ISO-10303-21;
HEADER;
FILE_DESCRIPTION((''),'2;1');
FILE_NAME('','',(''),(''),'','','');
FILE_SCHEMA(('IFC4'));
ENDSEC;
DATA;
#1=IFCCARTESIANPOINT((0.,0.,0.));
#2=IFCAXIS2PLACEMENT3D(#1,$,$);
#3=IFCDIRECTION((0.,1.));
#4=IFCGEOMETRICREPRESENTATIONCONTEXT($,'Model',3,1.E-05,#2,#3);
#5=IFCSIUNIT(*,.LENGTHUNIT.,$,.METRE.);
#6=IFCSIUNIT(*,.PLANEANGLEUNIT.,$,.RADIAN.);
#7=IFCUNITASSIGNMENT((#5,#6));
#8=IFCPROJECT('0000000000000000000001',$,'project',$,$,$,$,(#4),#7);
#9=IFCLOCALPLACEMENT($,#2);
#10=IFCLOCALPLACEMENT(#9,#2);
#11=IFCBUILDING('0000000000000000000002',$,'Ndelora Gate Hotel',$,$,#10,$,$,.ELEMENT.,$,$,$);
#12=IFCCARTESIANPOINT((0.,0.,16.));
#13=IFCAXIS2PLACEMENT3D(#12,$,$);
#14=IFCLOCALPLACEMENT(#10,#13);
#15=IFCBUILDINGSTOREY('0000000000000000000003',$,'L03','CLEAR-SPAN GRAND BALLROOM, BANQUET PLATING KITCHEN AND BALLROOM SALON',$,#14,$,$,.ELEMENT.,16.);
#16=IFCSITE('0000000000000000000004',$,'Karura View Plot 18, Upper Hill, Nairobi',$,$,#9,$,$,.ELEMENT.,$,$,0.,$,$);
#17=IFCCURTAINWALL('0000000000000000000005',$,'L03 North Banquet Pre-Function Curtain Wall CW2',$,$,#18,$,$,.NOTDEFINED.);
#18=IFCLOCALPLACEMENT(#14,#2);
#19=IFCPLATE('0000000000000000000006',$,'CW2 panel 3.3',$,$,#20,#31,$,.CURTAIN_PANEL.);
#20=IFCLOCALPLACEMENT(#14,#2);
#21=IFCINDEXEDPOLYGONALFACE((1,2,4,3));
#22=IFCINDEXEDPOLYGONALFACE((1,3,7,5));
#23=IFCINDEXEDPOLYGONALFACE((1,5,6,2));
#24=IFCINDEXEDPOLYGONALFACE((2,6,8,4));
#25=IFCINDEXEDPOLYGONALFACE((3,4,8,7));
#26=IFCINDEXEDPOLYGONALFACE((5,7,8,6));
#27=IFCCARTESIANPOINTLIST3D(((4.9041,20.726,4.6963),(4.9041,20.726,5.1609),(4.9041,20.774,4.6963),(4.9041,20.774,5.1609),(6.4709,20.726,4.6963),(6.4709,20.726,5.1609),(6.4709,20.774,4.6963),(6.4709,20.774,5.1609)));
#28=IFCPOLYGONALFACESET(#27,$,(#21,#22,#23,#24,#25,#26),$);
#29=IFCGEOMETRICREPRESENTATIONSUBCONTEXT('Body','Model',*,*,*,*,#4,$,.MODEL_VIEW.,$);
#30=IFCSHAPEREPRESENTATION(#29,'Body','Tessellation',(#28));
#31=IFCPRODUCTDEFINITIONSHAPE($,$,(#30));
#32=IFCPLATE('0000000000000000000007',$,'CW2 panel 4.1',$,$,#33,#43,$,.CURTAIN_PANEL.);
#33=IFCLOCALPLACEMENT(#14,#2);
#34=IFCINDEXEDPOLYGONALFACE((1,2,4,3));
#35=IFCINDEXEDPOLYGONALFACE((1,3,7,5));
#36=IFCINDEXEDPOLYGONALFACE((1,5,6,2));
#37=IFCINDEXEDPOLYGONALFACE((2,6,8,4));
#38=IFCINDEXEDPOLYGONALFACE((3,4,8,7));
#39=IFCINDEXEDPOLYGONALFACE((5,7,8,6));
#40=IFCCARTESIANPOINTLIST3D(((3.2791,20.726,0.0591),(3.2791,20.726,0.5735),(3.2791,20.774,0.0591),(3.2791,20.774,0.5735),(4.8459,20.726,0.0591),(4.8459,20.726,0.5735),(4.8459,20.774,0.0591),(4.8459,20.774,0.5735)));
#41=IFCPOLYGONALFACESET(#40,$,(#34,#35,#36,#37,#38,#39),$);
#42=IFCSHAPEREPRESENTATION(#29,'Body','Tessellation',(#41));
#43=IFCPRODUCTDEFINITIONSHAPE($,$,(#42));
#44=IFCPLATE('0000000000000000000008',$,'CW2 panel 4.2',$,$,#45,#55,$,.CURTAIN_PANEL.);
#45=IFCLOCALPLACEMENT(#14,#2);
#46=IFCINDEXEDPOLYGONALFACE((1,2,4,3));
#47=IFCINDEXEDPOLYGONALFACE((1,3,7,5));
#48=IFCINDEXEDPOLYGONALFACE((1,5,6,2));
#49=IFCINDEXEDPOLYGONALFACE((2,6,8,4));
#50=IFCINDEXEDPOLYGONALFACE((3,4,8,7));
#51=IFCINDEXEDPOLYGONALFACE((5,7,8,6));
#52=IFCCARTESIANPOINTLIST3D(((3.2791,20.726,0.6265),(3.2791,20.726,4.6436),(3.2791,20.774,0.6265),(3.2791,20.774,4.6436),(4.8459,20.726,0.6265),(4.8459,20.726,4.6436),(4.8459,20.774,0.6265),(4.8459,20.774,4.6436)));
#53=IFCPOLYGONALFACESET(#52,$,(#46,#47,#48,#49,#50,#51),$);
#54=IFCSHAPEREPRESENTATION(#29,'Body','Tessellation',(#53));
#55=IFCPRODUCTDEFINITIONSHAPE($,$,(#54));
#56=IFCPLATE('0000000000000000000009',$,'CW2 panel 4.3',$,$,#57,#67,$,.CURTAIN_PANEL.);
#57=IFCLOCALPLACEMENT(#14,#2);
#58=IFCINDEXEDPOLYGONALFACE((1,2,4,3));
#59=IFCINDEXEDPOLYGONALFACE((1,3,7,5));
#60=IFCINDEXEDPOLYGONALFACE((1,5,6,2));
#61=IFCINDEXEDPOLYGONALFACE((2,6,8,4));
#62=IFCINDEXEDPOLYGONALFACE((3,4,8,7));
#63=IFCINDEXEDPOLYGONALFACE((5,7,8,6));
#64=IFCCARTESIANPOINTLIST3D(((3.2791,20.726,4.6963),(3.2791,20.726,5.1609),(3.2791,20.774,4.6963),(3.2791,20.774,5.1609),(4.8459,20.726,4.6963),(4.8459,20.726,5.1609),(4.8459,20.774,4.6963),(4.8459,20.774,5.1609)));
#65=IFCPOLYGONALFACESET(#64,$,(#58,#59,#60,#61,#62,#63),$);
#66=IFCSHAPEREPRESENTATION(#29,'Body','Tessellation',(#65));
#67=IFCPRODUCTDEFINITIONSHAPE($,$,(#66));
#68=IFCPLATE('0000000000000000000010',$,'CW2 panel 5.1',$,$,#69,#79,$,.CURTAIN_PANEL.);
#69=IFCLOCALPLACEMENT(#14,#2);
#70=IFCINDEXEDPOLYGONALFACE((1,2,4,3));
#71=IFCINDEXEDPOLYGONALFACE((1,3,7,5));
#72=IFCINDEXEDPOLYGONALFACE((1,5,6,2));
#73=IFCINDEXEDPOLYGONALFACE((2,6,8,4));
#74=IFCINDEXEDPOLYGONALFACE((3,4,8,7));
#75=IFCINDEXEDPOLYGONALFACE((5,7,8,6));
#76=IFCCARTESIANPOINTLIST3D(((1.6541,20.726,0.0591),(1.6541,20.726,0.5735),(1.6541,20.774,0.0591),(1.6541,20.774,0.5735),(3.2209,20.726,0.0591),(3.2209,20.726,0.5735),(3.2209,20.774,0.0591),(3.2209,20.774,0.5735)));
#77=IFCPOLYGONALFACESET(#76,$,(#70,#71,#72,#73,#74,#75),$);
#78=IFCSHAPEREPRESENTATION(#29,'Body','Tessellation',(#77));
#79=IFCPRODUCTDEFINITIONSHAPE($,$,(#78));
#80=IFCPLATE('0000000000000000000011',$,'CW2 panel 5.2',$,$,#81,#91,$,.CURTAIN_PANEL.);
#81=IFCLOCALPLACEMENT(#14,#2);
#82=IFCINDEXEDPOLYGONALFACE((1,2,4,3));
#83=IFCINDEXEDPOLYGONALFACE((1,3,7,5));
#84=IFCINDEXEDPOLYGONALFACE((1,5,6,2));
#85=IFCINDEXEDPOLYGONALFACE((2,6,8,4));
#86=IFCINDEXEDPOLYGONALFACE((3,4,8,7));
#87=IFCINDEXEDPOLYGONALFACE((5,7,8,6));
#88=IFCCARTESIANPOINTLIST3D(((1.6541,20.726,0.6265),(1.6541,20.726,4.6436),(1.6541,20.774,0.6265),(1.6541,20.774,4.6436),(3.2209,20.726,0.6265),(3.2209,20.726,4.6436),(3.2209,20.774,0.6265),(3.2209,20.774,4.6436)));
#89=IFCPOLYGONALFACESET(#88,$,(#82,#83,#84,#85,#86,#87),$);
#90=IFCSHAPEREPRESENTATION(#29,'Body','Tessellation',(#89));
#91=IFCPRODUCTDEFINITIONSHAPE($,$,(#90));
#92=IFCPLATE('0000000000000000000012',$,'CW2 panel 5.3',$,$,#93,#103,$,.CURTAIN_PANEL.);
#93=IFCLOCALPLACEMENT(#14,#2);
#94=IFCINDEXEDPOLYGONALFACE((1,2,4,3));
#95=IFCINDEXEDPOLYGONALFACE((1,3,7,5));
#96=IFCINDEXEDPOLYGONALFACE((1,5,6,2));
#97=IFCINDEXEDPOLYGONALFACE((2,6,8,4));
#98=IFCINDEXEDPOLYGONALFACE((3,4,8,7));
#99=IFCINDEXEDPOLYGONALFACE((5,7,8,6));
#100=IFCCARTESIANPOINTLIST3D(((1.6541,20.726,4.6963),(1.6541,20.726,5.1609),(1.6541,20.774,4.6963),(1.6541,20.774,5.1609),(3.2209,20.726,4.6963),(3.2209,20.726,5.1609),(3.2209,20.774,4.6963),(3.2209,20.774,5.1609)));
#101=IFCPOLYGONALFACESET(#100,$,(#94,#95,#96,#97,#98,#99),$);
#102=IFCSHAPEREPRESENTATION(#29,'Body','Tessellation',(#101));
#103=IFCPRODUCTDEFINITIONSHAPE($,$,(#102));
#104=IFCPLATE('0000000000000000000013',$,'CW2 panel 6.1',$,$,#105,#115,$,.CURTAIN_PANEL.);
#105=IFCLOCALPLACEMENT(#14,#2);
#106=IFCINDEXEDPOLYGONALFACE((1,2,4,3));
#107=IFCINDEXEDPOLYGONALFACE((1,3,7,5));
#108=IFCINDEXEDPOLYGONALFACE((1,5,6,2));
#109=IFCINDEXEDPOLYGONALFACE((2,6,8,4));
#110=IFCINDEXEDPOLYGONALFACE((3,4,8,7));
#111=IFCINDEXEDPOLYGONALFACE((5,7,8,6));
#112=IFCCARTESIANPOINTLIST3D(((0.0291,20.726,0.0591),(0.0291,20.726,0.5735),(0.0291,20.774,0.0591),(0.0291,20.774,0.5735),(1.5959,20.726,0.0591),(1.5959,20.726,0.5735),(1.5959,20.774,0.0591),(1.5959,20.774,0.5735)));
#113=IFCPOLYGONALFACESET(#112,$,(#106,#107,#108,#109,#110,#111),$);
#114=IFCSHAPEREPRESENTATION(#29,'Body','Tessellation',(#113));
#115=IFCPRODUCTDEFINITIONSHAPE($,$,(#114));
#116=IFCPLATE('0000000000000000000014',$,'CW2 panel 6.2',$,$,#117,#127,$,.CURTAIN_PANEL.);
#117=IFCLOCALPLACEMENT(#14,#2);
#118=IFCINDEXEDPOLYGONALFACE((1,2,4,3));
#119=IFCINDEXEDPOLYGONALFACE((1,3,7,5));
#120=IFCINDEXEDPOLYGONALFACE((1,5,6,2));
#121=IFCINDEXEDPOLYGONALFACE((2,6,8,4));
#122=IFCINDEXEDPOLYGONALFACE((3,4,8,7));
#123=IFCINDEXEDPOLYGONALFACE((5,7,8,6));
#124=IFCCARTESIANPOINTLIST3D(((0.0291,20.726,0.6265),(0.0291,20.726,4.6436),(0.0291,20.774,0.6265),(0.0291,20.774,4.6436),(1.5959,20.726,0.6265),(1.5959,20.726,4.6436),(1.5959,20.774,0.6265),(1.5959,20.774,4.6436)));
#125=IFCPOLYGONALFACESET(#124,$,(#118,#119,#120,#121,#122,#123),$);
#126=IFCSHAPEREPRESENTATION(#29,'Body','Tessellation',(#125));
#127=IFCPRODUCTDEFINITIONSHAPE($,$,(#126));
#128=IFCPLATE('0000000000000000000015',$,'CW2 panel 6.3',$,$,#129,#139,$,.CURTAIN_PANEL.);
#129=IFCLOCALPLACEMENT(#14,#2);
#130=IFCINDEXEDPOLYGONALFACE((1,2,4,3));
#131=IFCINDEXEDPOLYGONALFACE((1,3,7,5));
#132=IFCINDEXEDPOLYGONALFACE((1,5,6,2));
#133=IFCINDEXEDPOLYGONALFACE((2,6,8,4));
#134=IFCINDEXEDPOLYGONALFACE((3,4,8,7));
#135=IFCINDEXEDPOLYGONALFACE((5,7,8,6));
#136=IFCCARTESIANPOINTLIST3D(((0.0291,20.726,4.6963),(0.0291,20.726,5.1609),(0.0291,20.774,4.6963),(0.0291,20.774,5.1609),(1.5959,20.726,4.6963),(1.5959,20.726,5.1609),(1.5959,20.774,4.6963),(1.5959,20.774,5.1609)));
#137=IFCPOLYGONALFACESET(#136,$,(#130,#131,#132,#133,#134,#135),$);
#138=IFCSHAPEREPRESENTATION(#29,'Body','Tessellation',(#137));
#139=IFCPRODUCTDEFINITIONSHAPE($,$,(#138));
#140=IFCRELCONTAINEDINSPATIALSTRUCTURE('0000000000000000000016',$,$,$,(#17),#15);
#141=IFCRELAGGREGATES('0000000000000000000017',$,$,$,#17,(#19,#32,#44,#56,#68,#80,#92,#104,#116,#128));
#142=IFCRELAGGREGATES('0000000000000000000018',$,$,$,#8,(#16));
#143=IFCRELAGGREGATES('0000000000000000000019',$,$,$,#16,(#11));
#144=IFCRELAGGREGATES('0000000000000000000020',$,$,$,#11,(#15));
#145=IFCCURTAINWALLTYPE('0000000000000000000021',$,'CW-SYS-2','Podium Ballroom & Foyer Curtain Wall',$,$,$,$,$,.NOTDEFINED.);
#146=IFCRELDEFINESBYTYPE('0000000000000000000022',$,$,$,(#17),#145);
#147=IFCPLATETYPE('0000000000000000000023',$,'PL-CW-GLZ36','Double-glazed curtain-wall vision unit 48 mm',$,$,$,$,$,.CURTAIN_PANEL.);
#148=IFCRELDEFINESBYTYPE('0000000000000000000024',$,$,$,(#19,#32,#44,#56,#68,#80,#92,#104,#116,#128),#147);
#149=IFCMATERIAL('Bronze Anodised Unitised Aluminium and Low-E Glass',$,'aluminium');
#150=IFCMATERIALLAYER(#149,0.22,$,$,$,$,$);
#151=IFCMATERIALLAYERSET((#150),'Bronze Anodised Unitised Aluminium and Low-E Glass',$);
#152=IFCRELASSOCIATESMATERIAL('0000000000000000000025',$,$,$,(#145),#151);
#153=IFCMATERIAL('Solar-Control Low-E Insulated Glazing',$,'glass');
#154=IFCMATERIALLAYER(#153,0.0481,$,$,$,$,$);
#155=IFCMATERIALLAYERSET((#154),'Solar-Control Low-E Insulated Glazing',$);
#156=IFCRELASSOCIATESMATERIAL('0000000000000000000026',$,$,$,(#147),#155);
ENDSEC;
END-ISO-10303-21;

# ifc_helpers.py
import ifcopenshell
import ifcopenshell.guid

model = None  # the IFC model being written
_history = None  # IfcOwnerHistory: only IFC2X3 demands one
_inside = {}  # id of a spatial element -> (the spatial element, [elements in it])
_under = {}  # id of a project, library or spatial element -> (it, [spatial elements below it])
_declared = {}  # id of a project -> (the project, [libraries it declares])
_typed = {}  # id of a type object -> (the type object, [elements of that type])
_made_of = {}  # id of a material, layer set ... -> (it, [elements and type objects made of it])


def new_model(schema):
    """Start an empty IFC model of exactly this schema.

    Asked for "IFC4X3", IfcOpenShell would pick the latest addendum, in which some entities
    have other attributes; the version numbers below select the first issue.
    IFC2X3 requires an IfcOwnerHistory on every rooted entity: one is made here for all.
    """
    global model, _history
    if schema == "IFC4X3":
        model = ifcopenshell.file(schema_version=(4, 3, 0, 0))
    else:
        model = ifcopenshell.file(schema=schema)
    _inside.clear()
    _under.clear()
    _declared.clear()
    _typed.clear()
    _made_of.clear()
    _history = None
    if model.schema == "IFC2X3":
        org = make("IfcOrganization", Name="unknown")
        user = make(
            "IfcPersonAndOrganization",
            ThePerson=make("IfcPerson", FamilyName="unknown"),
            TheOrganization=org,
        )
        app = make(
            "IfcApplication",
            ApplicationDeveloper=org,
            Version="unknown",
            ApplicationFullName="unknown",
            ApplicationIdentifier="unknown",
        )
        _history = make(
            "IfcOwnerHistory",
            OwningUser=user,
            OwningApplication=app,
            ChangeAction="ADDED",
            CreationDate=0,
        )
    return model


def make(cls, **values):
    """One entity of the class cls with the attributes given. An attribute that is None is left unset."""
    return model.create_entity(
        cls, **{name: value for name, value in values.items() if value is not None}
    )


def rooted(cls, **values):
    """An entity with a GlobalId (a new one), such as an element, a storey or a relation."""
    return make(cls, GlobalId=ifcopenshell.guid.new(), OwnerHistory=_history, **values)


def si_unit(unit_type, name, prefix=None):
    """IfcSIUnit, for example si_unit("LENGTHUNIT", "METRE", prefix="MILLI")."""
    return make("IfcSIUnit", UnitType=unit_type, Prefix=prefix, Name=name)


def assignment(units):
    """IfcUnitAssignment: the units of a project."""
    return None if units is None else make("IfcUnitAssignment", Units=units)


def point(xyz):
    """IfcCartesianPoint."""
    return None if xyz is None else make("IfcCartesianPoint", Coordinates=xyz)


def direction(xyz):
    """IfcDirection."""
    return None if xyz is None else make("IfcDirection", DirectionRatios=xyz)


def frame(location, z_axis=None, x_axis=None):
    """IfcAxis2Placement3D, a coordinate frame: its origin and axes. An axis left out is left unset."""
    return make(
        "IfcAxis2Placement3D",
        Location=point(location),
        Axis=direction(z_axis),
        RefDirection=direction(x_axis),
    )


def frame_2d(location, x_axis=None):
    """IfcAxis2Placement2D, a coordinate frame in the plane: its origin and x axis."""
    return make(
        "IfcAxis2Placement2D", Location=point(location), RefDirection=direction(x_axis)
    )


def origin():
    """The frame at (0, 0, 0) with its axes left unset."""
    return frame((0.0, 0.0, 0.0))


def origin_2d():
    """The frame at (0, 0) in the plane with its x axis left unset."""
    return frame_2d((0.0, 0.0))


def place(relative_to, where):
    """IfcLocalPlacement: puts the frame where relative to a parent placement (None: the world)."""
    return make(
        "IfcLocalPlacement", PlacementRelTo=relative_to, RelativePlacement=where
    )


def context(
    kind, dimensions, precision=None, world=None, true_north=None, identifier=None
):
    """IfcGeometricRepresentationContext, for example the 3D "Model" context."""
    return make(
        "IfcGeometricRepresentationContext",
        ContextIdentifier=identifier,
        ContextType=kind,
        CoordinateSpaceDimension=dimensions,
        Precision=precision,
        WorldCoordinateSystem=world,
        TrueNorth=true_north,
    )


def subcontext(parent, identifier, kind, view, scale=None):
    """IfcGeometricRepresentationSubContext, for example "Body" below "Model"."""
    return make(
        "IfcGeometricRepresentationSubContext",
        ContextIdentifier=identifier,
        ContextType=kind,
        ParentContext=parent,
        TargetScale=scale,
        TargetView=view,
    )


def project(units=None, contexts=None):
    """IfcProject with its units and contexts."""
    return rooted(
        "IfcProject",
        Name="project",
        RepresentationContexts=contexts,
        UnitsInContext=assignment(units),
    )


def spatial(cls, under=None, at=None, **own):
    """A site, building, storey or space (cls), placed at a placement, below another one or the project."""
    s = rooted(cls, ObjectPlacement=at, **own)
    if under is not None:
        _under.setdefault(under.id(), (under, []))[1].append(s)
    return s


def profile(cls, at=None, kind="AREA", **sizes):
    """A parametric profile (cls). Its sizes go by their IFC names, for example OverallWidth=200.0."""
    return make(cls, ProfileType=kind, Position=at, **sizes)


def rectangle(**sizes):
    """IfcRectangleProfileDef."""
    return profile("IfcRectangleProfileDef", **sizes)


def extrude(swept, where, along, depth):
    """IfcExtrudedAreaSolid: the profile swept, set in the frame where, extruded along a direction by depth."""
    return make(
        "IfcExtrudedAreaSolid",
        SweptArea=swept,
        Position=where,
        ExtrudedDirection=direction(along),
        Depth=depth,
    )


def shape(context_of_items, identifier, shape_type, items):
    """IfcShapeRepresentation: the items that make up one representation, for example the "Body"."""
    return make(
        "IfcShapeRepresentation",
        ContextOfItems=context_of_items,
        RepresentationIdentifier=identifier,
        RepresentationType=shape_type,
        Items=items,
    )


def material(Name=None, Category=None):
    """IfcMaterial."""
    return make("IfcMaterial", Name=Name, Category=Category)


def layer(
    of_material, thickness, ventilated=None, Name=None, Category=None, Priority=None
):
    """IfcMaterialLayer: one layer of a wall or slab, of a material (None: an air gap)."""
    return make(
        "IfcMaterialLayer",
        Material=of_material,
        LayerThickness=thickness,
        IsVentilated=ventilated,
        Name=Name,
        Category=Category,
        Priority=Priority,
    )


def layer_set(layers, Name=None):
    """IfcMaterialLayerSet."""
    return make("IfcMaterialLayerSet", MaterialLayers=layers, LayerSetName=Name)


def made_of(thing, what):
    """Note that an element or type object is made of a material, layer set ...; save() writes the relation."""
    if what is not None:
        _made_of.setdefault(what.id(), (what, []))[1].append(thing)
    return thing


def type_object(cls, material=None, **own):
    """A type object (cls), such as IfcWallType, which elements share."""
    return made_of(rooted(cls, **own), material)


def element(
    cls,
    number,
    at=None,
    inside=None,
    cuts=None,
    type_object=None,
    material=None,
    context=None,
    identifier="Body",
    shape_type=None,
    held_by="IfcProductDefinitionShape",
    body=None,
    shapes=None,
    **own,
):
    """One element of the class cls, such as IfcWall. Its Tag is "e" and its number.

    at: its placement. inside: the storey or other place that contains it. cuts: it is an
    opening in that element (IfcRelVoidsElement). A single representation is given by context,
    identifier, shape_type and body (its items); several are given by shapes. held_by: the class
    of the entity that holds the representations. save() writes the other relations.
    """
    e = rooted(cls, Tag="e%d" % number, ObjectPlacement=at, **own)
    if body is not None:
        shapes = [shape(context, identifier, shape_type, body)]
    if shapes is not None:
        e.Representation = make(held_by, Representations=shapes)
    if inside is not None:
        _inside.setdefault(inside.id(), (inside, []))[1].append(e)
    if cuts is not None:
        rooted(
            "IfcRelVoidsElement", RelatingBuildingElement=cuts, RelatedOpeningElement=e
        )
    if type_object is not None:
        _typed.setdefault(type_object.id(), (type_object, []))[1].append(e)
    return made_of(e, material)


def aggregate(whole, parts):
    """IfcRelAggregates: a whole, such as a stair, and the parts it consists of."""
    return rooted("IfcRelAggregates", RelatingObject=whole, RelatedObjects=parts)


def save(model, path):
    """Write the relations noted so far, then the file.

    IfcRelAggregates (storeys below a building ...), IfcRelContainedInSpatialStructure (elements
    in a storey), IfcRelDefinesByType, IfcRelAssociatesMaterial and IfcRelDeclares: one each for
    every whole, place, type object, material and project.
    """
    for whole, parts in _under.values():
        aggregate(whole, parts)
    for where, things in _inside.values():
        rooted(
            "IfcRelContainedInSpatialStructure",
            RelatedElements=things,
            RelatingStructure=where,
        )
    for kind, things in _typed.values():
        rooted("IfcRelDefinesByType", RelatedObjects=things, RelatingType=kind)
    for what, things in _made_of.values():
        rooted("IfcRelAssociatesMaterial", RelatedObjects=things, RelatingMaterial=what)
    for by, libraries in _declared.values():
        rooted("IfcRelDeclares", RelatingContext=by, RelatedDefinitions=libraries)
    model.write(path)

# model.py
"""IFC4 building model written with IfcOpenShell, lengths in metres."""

from ifc_helpers import new_model, si_unit, direction, frame, origin, origin_2d, place, context, subcontext, project, spatial, rectangle, extrude, material, layer, layer_set, type_object, element, aggregate, save


model = new_model("IFC4")

# Units and contexts
model_context = context("Model", 3, precision=1e-05, world=origin(), true_north=direction((0.0, 1.0)))
body_context = subcontext(model_context, "Body", "Model", "MODEL_VIEW")
ifc_project = project(units=[si_unit("LENGTHUNIT", "METRE"), si_unit("PLANEANGLEUNIT", "RADIAN")], contexts=[model_context])

# Site, building, storey
site_placement = place(None, origin())
site = spatial("IfcSite", under=ifc_project, at=site_placement, Name="Karura View Plot 18, Upper Hill, Nairobi", CompositionType="ELEMENT", RefElevation=0.0)
building_placement = place(site_placement, origin())
building = spatial("IfcBuilding", under=site, at=building_placement, Name="Ndelora Gate Hotel", CompositionType="ELEMENT")
storey_placement = place(building_placement, frame((0.0, 0.0, 16.0)))
storey = spatial("IfcBuildingStorey", under=building, at=storey_placement, Name="L03", Description="CLEAR-SPAN GRAND BALLROOM, BANQUET PLATING KITCHEN AND BALLROOM SALON", CompositionType="ELEMENT", Elevation=16.0)

# Curtain wall, plates
ifc_material_1 = material(Name="Bronze Anodised Unitised Aluminium and Low-E Glass", Category="aluminium")
ifc_layer_1 = layer(ifc_material_1, 0.22)
ifc_layer_set_1 = layer_set([ifc_layer_1], Name="Bronze Anodised Unitised Aluminium and Low-E Glass")
curtain_wall_type = type_object("IfcCurtainWallType", Name="CW-SYS-2", Description="Podium Ballroom & Foyer Curtain Wall", PredefinedType="NOTDEFINED", material=ifc_layer_set_1)
curtain_wall_placement = place(storey_placement, origin())
curtain_wall = element("IfcCurtainWall", 1, at=curtain_wall_placement, inside=storey, type_object=curtain_wall_type, Name="L03 North Banquet Pre-Function Curtain Wall CW2", PredefinedType="NOTDEFINED")
ifc_material_2 = material(Name="Solar-Control Low-E Insulated Glazing", Category="glass")
ifc_layer_2 = layer(ifc_material_2, 0.0481)
ifc_layer_set_2 = layer_set([ifc_layer_2], Name="Solar-Control Low-E Insulated Glazing")
plate_type = type_object("IfcPlateType", Name="PL-CW-GLZ36", Description="Double-glazed curtain-wall vision unit 48 mm", PredefinedType="CURTAIN_PANEL", material=ifc_layer_set_2)
plate_1_placement = place(storey_placement, frame((5.6875, 20.75, 4.6963), z_axis=(0.0, 0.0, 1.0), x_axis=(-1.0, 0.0, 0.0)))
plate_1 = element("IfcPlate", 2, at=plate_1_placement, type_object=plate_type, Name="CW2 panel 3.3", PredefinedType="CURTAIN_PANEL", context=body_context, shape_type="SweptSolid", body=[
    extrude(rectangle(XDim=1.5669, YDim=0.0481, at=origin_2d()), origin(), (0.0, 0.0, 1.0), 0.4646),
])
plate_2_placement = place(storey_placement, frame((4.0625, 20.75, 0.0591), z_axis=(0.0, 0.0, 1.0), x_axis=(-1.0, 0.0, 0.0)))
plate_2 = element("IfcPlate", 3, at=plate_2_placement, type_object=plate_type, Name="CW2 panel 4.1", PredefinedType="CURTAIN_PANEL", context=body_context, shape_type="SweptSolid", body=[
    extrude(rectangle(XDim=1.5669, YDim=0.0481, at=origin_2d()), origin(), (0.0, 0.0, 1.0), 0.5144),
])
plate_3_placement = place(storey_placement, frame((4.0625, 20.75, 0.6265), z_axis=(0.0, 0.0, 1.0), x_axis=(-1.0, 0.0, 0.0)))
plate_3 = element("IfcPlate", 4, at=plate_3_placement, type_object=plate_type, Name="CW2 panel 4.2", PredefinedType="CURTAIN_PANEL", context=body_context, shape_type="SweptSolid", body=[
    extrude(rectangle(XDim=1.5669, YDim=0.0481, at=origin_2d()), origin(), (0.0, 0.0, 1.0), 4.0171),
])
plate_4_placement = place(storey_placement, frame((4.0625, 20.75, 4.6963), z_axis=(0.0, 0.0, 1.0), x_axis=(-1.0, 0.0, 0.0)))
plate_4 = element("IfcPlate", 5, at=plate_4_placement, type_object=plate_type, Name="CW2 panel 4.3", PredefinedType="CURTAIN_PANEL", context=body_context, shape_type="SweptSolid", body=[
    extrude(rectangle(XDim=1.5669, YDim=0.0481, at=origin_2d()), origin(), (0.0, 0.0, 1.0), 0.4646),
])
plate_5_placement = place(storey_placement, frame((2.4375, 20.75, 0.0591), z_axis=(0.0, 0.0, 1.0), x_axis=(-1.0, 0.0, 0.0)))
plate_5 = element("IfcPlate", 6, at=plate_5_placement, type_object=plate_type, Name="CW2 panel 5.1", PredefinedType="CURTAIN_PANEL", context=body_context, shape_type="SweptSolid", body=[
    extrude(rectangle(XDim=1.5669, YDim=0.0481, at=origin_2d()), origin(), (0.0, 0.0, 1.0), 0.5144),
])
plate_6_placement = place(storey_placement, frame((2.4375, 20.75, 0.6265), z_axis=(0.0, 0.0, 1.0), x_axis=(-1.0, 0.0, 0.0)))
plate_6 = element("IfcPlate", 7, at=plate_6_placement, type_object=plate_type, Name="CW2 panel 5.2", PredefinedType="CURTAIN_PANEL", context=body_context, shape_type="SweptSolid", body=[
    extrude(rectangle(XDim=1.5669, YDim=0.0481, at=origin_2d()), origin(), (0.0, 0.0, 1.0), 4.0171),
])
plate_7_placement = place(storey_placement, frame((2.4375, 20.75, 4.6963), z_axis=(0.0, 0.0, 1.0), x_axis=(-1.0, 0.0, 0.0)))
plate_7 = element("IfcPlate", 8, at=plate_7_placement, type_object=plate_type, Name="CW2 panel 5.3", PredefinedType="CURTAIN_PANEL", context=body_context, shape_type="SweptSolid", body=[
    extrude(rectangle(XDim=1.5669, YDim=0.0481, at=origin_2d()), origin(), (0.0, 0.0, 1.0), 0.4646),
])
plate_8_placement = place(storey_placement, frame((0.8125, 20.75, 0.0591), z_axis=(0.0, 0.0, 1.0), x_axis=(-1.0, 0.0, 0.0)))
plate_8 = element("IfcPlate", 9, at=plate_8_placement, type_object=plate_type, Name="CW2 panel 6.1", PredefinedType="CURTAIN_PANEL", context=body_context, shape_type="SweptSolid", body=[
    extrude(rectangle(XDim=1.5669, YDim=0.0481, at=origin_2d()), origin(), (0.0, 0.0, 1.0), 0.5144),
])
plate_9_placement = place(storey_placement, frame((0.8125, 20.75, 0.6265), z_axis=(0.0, 0.0, 1.0), x_axis=(-1.0, 0.0, 0.0)))
plate_9 = element("IfcPlate", 10, at=plate_9_placement, type_object=plate_type, Name="CW2 panel 6.2", PredefinedType="CURTAIN_PANEL", context=body_context, shape_type="SweptSolid", body=[
    extrude(rectangle(XDim=1.5669, YDim=0.0481, at=origin_2d()), origin(), (0.0, 0.0, 1.0), 4.0171),
])
plate_10_placement = place(storey_placement, frame((0.8125, 20.75, 4.6963), z_axis=(0.0, 0.0, 1.0), x_axis=(-1.0, 0.0, 0.0)))
plate_10 = element("IfcPlate", 11, at=plate_10_placement, type_object=plate_type, Name="CW2 panel 6.3", PredefinedType="CURTAIN_PANEL", context=body_context, shape_type="SweptSolid", body=[
    extrude(rectangle(XDim=1.5669, YDim=0.0481, at=origin_2d()), origin(), (0.0, 0.0, 1.0), 0.4646),
])
aggregate(curtain_wall, [plate_1, plate_2, plate_3, plate_4, plate_5, plate_6, plate_7, plate_8, plate_9, plate_10])

save(model, "model.ifc")
